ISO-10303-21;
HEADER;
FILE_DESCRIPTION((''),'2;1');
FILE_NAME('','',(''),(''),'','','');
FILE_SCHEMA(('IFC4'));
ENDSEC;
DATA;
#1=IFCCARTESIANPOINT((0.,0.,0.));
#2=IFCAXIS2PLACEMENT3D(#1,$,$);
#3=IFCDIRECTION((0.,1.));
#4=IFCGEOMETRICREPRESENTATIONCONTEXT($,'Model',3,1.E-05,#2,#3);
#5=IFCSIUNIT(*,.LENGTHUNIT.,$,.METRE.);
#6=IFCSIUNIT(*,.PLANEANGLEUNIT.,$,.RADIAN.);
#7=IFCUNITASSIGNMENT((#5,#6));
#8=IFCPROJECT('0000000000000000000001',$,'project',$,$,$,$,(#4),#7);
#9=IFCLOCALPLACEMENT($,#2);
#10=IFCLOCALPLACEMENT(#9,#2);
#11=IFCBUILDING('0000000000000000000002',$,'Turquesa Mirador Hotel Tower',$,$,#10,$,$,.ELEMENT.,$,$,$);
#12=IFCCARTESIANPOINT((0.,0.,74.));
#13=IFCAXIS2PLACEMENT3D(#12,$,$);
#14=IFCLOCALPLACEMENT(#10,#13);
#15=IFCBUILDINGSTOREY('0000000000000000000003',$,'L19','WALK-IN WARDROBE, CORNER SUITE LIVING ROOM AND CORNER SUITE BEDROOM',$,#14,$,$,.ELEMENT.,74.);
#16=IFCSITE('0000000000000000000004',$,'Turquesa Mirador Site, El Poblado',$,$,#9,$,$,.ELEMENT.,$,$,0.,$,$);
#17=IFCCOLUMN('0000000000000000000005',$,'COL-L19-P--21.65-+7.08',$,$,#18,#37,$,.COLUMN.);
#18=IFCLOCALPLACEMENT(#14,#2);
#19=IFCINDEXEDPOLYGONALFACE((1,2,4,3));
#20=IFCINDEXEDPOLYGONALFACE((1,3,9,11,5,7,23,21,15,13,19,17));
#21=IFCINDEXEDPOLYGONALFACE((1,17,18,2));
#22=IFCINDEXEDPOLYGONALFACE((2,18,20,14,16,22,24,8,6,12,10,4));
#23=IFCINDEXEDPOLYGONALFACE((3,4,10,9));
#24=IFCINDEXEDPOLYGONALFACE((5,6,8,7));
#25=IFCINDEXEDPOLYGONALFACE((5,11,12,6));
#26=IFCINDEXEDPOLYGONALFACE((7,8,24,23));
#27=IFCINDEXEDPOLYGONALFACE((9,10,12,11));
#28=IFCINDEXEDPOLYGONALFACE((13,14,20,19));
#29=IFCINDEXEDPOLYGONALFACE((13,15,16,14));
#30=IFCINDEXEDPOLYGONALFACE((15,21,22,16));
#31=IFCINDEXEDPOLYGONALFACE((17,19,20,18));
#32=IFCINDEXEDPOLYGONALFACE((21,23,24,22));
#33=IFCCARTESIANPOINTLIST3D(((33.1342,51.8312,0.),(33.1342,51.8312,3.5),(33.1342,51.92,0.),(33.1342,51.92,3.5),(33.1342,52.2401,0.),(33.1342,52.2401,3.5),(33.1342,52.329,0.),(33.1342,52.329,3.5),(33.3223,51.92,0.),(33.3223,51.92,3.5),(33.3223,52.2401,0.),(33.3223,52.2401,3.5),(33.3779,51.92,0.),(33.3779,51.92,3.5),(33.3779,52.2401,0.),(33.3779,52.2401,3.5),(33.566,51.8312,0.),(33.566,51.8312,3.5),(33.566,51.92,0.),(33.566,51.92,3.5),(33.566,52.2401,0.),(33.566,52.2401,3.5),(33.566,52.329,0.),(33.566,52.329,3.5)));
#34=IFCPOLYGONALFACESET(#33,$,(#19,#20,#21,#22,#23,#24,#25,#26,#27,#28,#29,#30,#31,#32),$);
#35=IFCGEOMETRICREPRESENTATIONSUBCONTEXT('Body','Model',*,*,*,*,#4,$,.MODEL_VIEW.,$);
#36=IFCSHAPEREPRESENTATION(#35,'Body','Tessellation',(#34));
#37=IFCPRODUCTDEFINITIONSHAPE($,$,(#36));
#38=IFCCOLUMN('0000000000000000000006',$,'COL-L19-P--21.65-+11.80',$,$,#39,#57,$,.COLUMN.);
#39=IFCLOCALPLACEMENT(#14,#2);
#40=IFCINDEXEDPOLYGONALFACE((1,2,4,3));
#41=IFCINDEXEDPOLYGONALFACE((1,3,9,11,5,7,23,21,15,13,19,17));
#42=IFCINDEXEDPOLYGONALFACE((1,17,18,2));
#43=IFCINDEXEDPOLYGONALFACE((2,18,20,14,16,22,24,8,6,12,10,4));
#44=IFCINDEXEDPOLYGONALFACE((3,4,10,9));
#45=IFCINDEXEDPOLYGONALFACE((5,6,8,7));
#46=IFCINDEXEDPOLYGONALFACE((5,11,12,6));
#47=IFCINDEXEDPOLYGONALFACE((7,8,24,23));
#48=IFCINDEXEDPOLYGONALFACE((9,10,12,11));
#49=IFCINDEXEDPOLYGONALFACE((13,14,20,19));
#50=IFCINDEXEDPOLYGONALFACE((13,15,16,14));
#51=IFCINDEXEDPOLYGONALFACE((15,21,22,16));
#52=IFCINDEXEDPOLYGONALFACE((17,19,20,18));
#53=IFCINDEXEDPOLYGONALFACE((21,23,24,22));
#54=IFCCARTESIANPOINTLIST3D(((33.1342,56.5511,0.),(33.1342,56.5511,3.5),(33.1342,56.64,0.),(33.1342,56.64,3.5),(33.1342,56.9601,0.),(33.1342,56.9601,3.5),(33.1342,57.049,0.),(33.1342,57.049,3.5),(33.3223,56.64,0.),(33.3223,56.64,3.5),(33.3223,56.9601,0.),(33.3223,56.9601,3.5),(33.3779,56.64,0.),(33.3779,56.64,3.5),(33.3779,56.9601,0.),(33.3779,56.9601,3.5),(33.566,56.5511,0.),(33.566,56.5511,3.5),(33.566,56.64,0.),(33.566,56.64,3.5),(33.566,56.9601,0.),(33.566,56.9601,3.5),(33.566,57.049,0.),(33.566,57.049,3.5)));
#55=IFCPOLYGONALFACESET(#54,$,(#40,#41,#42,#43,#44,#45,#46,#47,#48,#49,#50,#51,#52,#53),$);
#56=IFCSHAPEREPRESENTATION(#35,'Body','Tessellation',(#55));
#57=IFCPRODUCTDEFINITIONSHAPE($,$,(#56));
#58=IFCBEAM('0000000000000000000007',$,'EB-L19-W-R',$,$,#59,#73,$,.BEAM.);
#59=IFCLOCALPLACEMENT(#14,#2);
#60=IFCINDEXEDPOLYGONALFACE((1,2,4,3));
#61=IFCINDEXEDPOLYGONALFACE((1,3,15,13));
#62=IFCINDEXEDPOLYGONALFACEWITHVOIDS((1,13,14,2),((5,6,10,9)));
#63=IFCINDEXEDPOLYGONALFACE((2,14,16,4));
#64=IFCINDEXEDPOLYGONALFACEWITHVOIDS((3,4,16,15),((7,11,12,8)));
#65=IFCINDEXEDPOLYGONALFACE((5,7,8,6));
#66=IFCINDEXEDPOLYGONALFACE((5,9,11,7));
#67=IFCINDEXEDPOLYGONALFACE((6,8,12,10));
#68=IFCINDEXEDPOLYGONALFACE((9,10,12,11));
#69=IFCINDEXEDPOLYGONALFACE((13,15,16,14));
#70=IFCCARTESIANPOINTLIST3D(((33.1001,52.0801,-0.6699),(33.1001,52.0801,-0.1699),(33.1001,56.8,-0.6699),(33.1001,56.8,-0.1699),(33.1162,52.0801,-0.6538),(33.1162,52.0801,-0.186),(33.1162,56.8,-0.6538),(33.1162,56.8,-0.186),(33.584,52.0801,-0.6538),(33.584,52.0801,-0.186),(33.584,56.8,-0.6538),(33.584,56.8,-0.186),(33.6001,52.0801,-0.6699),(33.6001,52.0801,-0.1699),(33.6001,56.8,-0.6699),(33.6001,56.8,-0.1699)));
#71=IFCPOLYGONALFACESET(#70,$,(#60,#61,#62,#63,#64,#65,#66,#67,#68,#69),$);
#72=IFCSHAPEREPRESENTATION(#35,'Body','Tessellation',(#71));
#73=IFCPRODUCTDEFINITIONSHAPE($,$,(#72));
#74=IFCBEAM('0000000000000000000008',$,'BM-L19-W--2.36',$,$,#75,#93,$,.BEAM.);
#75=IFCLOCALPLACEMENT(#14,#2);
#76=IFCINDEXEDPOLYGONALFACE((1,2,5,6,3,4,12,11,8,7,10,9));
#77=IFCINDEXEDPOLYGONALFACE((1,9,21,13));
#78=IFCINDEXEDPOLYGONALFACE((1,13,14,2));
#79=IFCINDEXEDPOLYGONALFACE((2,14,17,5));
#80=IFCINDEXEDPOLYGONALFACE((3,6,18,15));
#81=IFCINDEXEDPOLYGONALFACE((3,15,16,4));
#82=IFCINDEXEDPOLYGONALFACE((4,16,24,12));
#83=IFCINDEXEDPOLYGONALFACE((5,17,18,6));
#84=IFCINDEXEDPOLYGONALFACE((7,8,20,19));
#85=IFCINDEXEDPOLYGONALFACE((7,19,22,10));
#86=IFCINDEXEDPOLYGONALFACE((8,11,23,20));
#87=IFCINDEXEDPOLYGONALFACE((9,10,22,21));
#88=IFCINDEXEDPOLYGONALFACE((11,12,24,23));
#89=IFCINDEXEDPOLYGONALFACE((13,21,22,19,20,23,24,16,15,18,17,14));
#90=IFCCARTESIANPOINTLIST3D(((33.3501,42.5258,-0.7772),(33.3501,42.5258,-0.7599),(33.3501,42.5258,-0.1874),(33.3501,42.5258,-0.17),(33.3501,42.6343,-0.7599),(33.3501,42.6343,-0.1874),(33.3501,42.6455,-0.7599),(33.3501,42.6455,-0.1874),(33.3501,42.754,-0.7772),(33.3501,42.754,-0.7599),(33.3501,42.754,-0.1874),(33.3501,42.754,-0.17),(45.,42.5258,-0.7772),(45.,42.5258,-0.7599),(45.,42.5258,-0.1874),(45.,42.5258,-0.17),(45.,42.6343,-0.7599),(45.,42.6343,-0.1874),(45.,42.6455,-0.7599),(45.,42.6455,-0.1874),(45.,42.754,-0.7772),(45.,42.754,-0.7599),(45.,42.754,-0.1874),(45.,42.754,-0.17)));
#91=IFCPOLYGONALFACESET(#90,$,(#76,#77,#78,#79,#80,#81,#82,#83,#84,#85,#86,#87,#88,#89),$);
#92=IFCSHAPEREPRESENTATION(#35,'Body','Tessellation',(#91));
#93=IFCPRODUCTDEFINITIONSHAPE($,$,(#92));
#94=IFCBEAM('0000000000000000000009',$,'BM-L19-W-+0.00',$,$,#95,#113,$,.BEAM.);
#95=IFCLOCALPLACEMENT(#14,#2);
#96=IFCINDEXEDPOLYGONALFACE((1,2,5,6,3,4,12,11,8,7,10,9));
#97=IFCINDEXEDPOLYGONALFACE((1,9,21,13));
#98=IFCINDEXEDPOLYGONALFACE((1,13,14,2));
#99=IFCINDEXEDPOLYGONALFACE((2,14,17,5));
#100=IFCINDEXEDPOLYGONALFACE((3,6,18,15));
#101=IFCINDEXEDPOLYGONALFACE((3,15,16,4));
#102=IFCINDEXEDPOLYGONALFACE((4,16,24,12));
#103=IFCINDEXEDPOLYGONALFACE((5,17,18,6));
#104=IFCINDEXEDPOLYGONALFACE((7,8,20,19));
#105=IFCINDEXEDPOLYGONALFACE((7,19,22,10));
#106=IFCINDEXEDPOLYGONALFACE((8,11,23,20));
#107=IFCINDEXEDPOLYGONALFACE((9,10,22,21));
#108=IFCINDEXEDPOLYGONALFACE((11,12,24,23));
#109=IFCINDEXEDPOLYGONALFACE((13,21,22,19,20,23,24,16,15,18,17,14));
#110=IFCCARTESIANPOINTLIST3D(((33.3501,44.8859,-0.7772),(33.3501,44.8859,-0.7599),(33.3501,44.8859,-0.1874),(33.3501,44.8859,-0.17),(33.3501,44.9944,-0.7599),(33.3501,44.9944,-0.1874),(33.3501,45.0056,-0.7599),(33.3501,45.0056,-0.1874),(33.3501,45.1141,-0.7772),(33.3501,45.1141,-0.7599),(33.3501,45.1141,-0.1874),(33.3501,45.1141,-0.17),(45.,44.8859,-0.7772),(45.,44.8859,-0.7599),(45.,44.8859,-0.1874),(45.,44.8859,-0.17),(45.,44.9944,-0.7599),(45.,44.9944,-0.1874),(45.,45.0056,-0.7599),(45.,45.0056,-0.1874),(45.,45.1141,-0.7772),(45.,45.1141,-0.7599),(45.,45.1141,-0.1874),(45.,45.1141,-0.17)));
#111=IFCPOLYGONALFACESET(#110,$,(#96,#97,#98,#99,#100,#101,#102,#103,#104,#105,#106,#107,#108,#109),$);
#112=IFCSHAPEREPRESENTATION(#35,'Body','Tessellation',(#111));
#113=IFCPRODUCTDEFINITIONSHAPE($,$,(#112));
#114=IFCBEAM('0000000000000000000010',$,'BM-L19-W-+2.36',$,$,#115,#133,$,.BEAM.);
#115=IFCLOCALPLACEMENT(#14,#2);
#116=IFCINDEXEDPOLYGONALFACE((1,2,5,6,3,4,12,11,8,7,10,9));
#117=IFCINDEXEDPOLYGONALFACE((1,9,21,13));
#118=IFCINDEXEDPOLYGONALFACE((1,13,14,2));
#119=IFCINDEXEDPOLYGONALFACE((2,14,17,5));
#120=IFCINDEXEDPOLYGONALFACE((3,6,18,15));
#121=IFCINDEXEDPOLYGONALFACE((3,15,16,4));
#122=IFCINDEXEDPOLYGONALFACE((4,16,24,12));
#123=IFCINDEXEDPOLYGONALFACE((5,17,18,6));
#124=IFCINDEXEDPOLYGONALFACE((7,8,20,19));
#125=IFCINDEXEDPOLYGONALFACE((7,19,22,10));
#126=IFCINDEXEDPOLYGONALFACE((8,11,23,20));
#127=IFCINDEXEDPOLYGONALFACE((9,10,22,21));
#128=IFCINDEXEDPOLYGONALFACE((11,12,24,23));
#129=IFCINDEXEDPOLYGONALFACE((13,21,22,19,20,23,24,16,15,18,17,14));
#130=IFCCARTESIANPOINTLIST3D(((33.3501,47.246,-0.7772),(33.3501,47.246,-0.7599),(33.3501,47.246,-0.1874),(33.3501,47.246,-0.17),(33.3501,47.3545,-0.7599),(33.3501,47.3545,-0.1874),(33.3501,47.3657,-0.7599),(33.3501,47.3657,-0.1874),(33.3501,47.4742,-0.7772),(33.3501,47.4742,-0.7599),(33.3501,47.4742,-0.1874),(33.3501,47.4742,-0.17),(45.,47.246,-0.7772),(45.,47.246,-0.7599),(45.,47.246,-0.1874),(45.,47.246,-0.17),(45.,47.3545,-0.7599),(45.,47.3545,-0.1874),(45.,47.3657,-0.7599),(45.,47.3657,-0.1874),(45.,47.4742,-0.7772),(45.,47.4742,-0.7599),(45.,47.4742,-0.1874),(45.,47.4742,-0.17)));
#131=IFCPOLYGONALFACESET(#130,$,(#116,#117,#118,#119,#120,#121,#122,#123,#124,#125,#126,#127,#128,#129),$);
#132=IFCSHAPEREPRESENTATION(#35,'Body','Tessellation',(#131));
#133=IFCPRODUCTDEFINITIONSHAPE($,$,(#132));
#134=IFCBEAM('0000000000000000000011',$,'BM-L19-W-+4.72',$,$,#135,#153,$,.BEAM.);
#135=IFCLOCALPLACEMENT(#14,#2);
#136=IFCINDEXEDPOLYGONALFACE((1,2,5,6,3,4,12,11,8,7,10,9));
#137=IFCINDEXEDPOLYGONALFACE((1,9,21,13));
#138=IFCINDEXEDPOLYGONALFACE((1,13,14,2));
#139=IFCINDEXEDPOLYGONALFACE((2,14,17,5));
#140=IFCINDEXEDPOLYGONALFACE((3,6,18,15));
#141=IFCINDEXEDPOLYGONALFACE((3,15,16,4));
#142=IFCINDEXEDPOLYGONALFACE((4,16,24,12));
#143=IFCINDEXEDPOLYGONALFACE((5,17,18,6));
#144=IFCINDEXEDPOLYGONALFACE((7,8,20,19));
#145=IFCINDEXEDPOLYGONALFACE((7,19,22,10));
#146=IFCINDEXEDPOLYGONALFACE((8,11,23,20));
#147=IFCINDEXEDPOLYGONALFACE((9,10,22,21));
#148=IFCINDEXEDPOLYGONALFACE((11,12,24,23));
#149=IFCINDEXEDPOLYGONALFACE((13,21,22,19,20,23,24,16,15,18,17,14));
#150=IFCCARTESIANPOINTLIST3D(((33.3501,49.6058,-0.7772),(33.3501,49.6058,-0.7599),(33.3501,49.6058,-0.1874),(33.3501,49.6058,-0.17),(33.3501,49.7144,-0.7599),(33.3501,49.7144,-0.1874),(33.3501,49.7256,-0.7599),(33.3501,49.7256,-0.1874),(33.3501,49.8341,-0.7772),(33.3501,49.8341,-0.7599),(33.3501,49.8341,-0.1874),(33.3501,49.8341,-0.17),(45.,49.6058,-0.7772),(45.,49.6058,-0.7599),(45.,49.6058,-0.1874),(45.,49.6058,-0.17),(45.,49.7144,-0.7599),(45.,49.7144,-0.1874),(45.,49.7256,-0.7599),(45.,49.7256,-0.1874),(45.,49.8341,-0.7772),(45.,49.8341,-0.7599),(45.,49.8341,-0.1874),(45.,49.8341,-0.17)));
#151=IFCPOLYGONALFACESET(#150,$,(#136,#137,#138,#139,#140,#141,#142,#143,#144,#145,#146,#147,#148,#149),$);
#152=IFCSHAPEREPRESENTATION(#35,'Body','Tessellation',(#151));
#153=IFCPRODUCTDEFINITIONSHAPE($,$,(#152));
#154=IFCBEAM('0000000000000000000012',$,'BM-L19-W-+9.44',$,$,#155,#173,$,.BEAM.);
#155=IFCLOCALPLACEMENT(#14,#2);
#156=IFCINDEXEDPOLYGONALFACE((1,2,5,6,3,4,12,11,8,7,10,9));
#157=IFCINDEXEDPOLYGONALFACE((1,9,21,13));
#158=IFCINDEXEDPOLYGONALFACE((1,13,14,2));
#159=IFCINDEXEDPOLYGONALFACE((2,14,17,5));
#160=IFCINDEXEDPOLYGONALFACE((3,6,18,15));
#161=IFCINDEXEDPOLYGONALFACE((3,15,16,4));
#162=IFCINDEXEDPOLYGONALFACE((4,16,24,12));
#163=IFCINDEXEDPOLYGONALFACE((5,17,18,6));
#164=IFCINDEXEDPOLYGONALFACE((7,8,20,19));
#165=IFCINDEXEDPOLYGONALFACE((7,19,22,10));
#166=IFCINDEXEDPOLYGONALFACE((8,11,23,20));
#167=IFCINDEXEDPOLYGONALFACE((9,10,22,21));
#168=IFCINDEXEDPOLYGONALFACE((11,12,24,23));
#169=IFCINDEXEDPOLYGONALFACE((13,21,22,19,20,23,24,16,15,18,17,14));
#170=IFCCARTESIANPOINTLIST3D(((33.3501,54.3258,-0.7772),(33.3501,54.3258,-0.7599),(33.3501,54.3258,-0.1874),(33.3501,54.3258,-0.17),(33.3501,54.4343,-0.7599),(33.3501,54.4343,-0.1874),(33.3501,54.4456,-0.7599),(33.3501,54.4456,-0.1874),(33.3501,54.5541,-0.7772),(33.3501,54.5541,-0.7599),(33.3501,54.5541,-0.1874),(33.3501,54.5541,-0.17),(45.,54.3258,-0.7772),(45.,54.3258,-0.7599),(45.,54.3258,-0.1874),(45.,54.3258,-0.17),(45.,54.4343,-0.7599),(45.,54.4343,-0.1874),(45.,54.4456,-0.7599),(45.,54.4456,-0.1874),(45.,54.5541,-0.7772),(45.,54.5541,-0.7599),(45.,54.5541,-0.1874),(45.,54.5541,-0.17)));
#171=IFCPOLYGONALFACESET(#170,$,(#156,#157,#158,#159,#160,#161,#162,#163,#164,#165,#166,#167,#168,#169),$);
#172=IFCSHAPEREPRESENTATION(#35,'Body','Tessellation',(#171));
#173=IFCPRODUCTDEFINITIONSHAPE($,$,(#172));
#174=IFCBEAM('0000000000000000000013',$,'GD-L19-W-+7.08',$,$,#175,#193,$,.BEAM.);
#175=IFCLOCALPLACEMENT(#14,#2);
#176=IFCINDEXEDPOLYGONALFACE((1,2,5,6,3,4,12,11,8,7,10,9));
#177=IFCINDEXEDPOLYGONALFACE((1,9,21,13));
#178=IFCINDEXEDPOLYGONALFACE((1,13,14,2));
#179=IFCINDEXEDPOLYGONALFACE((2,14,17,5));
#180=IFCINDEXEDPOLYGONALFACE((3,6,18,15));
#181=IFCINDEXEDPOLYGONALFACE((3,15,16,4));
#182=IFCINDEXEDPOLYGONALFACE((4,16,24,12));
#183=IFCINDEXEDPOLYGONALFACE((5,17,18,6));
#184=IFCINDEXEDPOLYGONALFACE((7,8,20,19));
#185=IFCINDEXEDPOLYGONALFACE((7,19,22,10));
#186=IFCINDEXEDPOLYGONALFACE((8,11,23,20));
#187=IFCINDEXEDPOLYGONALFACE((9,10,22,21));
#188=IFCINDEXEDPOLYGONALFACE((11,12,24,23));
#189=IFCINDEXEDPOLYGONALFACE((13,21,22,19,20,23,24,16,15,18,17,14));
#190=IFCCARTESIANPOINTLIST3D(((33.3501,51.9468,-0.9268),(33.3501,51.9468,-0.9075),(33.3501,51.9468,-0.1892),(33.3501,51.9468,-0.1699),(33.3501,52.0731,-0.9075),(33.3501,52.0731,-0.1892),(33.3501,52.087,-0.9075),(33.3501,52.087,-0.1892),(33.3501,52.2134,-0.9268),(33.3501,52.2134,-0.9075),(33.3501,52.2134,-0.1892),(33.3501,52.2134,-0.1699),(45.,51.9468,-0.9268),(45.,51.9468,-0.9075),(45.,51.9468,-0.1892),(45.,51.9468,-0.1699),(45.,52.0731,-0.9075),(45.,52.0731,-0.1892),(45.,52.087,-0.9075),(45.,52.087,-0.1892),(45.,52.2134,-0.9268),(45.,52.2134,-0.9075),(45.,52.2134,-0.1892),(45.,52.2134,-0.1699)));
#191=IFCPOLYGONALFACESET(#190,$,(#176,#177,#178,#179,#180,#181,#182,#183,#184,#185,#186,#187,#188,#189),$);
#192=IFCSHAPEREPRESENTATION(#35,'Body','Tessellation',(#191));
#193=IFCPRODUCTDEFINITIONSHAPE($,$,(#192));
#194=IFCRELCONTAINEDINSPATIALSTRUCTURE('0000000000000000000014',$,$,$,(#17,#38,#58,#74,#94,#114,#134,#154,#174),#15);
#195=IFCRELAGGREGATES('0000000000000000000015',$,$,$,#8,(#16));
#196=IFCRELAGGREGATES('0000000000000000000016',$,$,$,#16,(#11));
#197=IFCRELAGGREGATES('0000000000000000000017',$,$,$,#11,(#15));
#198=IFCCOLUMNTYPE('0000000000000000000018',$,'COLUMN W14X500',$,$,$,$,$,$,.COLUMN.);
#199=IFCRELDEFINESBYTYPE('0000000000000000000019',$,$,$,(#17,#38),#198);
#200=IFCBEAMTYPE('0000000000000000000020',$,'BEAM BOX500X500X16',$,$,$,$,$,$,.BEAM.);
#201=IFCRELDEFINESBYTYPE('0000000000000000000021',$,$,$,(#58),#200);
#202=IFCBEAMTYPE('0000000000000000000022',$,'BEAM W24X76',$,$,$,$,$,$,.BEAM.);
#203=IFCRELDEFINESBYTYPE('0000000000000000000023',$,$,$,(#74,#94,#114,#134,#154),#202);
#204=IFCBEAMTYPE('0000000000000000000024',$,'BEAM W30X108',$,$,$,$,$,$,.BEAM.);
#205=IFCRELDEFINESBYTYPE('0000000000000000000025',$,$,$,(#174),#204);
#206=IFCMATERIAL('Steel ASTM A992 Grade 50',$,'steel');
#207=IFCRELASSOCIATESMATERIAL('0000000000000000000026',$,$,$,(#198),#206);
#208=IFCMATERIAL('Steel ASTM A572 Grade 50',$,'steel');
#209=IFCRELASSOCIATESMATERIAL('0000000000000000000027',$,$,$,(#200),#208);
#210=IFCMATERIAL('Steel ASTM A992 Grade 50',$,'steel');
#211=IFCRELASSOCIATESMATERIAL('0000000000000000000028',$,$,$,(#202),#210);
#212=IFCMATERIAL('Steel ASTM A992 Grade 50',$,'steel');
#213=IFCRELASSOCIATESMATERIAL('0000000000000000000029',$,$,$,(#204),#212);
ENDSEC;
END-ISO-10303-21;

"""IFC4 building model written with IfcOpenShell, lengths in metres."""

from ifc_helpers import new_model, si_unit, direction, frame, origin, origin_2d, place, context, subcontext, project, spatial, hollow_rectangle, i_section, extrude, material, material_profile, profile_set, type_object, element, save


model = new_model("IFC4")

# Units and contexts
model_context = context("Model", 3, precision=1e-05, world=origin(), true_north=direction((0.0, 1.0)))
body_context = subcontext(model_context, "Body", "Model", "MODEL_VIEW")
ifc_project = project(units=[si_unit("LENGTHUNIT", "METRE"), si_unit("PLANEANGLEUNIT", "RADIAN")], contexts=[model_context])

# Site, building, storey
site_placement = place(None, origin())
site = spatial("IfcSite", under=ifc_project, at=site_placement, Name="Turquesa Mirador Site, El Poblado", CompositionType="ELEMENT", RefElevation=0.0)
building_placement = place(site_placement, origin())
building = spatial("IfcBuilding", under=site, at=building_placement, Name="Turquesa Mirador Hotel Tower", CompositionType="ELEMENT")
storey_placement = place(building_placement, frame((0.0, 0.0, 74.0)))
storey = spatial("IfcBuildingStorey", under=building, at=storey_placement, Name="L19", Description="WALK-IN WARDROBE, CORNER SUITE LIVING ROOM AND CORNER SUITE BEDROOM", CompositionType="ELEMENT", Elevation=74.0)

# Columns
ifc_material_1 = material(Name="Steel ASTM A992 Grade 50", Category="steel")
ifc_material_profile_1 = material_profile(ifc_material_1, i_section(OverallWidth=0.4319, OverallDepth=0.4978, WebThickness=0.0557, FlangeThickness=0.0889, at=origin_2d()), Name="W14X500")
ifc_profile_set_1 = profile_set([ifc_material_profile_1], Name="Steel ASTM A992 Grade 50")
column_type = type_object("IfcColumnType", Name="COLUMN W14X500", PredefinedType="COLUMN", material=ifc_profile_set_1)
for number, where, z_axis, x_axis, name in (
    (1, (33.3501, 52.0801, 0.0), (0.0, 0.0, 1.0), (1.0, 0.0, 0.0), "COL-L19-P--21.65-+7.08"),
    (2, (33.3501, 56.8, 0.0), (0.0, 0.0, 1.0), (1.0, 0.0, 0.0), "COL-L19-P--21.65-+11.80"),
):
    element("IfcColumn", number, at=place(storey_placement, frame(where, z_axis=z_axis, x_axis=x_axis)), inside=storey, type_object=column_type, Name=name, PredefinedType="COLUMN", context=body_context, shape_type="SweptSolid", body=[
        extrude(i_section(OverallWidth=0.4319, OverallDepth=0.4978, WebThickness=0.0557, FlangeThickness=0.0889, at=origin_2d()), origin(), (0.0, 0.0, 1.0), 3.5),
    ])

# Beams
ifc_material_2 = material(Name="Steel ASTM A572 Grade 50", Category="steel")
ifc_material_profile_2 = material_profile(ifc_material_2, hollow_rectangle(XDim=0.5, YDim=0.5, WallThickness=0.0161, at=origin_2d()), Name="BOX500X500X16")
ifc_profile_set_2 = profile_set([ifc_material_profile_2], Name="Steel ASTM A572 Grade 50")
beam_type_1 = type_object("IfcBeamType", Name="BEAM BOX500X500X16", PredefinedType="BEAM", material=ifc_profile_set_2)
beam_1_placement = place(storey_placement, frame((33.3501, 52.0801, -0.4199), z_axis=(0.0, 1.0, 0.0), x_axis=(-1.0, 0.0, 0.0)))
element("IfcBeam", 3, at=beam_1_placement, inside=storey, type_object=beam_type_1, Name="EB-L19-W-R", PredefinedType="BEAM", context=body_context, shape_type="SweptSolid", body=[
    extrude(hollow_rectangle(XDim=0.5, YDim=0.5, WallThickness=0.0161, at=origin_2d()), origin(), (0.0, 0.0, 1.0), 4.72),
])
ifc_material_3 = material(Name="Steel ASTM A992 Grade 50", Category="steel")
ifc_material_profile_3 = material_profile(ifc_material_3, i_section(OverallWidth=0.2283, OverallDepth=0.6072, WebThickness=0.0112, FlangeThickness=0.0173, at=origin_2d()), Name="W24X76")
ifc_profile_set_3 = profile_set([ifc_material_profile_3], Name="Steel ASTM A992 Grade 50")
beam_type_2 = type_object("IfcBeamType", Name="BEAM W24X76", PredefinedType="BEAM", material=ifc_profile_set_3)
for number, where, z_axis, x_axis, name in (
    (4, (33.3501, 42.6399, -0.4736), (1.0, 0.0, 0.0), (0.0, 1.0, 0.0), "BM-L19-W--2.36"),
    (5, (33.3501, 45.0, -0.4736), (1.0, 0.0, 0.0), (0.0, 1.0, 0.0), "BM-L19-W-+0.00"),
    (6, (33.3501, 47.3601, -0.4736), (1.0, 0.0, 0.0), (0.0, 1.0, 0.0), "BM-L19-W-+2.36"),
    (7, (33.3501, 49.72, -0.4736), (1.0, 0.0, 0.0), (0.0, 1.0, 0.0), "BM-L19-W-+4.72"),
    (8, (33.3501, 54.4399, -0.4736), (1.0, 0.0, 0.0), (0.0, 1.0, 0.0), "BM-L19-W-+9.44"),
):
    element("IfcBeam", number, at=place(storey_placement, frame(where, z_axis=z_axis, x_axis=x_axis)), inside=storey, type_object=beam_type_2, Name=name, PredefinedType="BEAM", context=body_context, shape_type="SweptSolid", body=[
        extrude(i_section(OverallWidth=0.2283, OverallDepth=0.6072, WebThickness=0.0112, FlangeThickness=0.0173, at=origin_2d()), origin(), (0.0, 0.0, 1.0), 11.6499),
    ])
ifc_material_4 = material(Name="Steel ASTM A992 Grade 50", Category="steel")
ifc_material_profile_4 = material_profile(ifc_material_4, i_section(OverallWidth=0.2666, OverallDepth=0.7568, WebThickness=0.0139, FlangeThickness=0.0193, at=origin_2d()), Name="W30X108")
ifc_profile_set_4 = profile_set([ifc_material_profile_4], Name="Steel ASTM A992 Grade 50")
beam_type_3 = type_object("IfcBeamType", Name="BEAM W30X108", PredefinedType="BEAM", material=ifc_profile_set_4)
beam_2_placement = place(storey_placement, frame((33.3501, 52.0801, -0.5483), z_axis=(1.0, 0.0, 0.0), x_axis=(0.0, 1.0, 0.0)))
element("IfcBeam", 9, at=beam_2_placement, inside=storey, type_object=beam_type_3, Name="GD-L19-W-+7.08", PredefinedType="BEAM", context=body_context, shape_type="SweptSolid", body=[
    extrude(i_section(OverallWidth=0.2666, OverallDepth=0.7568, WebThickness=0.0139, FlangeThickness=0.0193, at=origin_2d()), origin(), (0.0, 0.0, 1.0), 11.6499),
])

save(model, "model.ifc")
